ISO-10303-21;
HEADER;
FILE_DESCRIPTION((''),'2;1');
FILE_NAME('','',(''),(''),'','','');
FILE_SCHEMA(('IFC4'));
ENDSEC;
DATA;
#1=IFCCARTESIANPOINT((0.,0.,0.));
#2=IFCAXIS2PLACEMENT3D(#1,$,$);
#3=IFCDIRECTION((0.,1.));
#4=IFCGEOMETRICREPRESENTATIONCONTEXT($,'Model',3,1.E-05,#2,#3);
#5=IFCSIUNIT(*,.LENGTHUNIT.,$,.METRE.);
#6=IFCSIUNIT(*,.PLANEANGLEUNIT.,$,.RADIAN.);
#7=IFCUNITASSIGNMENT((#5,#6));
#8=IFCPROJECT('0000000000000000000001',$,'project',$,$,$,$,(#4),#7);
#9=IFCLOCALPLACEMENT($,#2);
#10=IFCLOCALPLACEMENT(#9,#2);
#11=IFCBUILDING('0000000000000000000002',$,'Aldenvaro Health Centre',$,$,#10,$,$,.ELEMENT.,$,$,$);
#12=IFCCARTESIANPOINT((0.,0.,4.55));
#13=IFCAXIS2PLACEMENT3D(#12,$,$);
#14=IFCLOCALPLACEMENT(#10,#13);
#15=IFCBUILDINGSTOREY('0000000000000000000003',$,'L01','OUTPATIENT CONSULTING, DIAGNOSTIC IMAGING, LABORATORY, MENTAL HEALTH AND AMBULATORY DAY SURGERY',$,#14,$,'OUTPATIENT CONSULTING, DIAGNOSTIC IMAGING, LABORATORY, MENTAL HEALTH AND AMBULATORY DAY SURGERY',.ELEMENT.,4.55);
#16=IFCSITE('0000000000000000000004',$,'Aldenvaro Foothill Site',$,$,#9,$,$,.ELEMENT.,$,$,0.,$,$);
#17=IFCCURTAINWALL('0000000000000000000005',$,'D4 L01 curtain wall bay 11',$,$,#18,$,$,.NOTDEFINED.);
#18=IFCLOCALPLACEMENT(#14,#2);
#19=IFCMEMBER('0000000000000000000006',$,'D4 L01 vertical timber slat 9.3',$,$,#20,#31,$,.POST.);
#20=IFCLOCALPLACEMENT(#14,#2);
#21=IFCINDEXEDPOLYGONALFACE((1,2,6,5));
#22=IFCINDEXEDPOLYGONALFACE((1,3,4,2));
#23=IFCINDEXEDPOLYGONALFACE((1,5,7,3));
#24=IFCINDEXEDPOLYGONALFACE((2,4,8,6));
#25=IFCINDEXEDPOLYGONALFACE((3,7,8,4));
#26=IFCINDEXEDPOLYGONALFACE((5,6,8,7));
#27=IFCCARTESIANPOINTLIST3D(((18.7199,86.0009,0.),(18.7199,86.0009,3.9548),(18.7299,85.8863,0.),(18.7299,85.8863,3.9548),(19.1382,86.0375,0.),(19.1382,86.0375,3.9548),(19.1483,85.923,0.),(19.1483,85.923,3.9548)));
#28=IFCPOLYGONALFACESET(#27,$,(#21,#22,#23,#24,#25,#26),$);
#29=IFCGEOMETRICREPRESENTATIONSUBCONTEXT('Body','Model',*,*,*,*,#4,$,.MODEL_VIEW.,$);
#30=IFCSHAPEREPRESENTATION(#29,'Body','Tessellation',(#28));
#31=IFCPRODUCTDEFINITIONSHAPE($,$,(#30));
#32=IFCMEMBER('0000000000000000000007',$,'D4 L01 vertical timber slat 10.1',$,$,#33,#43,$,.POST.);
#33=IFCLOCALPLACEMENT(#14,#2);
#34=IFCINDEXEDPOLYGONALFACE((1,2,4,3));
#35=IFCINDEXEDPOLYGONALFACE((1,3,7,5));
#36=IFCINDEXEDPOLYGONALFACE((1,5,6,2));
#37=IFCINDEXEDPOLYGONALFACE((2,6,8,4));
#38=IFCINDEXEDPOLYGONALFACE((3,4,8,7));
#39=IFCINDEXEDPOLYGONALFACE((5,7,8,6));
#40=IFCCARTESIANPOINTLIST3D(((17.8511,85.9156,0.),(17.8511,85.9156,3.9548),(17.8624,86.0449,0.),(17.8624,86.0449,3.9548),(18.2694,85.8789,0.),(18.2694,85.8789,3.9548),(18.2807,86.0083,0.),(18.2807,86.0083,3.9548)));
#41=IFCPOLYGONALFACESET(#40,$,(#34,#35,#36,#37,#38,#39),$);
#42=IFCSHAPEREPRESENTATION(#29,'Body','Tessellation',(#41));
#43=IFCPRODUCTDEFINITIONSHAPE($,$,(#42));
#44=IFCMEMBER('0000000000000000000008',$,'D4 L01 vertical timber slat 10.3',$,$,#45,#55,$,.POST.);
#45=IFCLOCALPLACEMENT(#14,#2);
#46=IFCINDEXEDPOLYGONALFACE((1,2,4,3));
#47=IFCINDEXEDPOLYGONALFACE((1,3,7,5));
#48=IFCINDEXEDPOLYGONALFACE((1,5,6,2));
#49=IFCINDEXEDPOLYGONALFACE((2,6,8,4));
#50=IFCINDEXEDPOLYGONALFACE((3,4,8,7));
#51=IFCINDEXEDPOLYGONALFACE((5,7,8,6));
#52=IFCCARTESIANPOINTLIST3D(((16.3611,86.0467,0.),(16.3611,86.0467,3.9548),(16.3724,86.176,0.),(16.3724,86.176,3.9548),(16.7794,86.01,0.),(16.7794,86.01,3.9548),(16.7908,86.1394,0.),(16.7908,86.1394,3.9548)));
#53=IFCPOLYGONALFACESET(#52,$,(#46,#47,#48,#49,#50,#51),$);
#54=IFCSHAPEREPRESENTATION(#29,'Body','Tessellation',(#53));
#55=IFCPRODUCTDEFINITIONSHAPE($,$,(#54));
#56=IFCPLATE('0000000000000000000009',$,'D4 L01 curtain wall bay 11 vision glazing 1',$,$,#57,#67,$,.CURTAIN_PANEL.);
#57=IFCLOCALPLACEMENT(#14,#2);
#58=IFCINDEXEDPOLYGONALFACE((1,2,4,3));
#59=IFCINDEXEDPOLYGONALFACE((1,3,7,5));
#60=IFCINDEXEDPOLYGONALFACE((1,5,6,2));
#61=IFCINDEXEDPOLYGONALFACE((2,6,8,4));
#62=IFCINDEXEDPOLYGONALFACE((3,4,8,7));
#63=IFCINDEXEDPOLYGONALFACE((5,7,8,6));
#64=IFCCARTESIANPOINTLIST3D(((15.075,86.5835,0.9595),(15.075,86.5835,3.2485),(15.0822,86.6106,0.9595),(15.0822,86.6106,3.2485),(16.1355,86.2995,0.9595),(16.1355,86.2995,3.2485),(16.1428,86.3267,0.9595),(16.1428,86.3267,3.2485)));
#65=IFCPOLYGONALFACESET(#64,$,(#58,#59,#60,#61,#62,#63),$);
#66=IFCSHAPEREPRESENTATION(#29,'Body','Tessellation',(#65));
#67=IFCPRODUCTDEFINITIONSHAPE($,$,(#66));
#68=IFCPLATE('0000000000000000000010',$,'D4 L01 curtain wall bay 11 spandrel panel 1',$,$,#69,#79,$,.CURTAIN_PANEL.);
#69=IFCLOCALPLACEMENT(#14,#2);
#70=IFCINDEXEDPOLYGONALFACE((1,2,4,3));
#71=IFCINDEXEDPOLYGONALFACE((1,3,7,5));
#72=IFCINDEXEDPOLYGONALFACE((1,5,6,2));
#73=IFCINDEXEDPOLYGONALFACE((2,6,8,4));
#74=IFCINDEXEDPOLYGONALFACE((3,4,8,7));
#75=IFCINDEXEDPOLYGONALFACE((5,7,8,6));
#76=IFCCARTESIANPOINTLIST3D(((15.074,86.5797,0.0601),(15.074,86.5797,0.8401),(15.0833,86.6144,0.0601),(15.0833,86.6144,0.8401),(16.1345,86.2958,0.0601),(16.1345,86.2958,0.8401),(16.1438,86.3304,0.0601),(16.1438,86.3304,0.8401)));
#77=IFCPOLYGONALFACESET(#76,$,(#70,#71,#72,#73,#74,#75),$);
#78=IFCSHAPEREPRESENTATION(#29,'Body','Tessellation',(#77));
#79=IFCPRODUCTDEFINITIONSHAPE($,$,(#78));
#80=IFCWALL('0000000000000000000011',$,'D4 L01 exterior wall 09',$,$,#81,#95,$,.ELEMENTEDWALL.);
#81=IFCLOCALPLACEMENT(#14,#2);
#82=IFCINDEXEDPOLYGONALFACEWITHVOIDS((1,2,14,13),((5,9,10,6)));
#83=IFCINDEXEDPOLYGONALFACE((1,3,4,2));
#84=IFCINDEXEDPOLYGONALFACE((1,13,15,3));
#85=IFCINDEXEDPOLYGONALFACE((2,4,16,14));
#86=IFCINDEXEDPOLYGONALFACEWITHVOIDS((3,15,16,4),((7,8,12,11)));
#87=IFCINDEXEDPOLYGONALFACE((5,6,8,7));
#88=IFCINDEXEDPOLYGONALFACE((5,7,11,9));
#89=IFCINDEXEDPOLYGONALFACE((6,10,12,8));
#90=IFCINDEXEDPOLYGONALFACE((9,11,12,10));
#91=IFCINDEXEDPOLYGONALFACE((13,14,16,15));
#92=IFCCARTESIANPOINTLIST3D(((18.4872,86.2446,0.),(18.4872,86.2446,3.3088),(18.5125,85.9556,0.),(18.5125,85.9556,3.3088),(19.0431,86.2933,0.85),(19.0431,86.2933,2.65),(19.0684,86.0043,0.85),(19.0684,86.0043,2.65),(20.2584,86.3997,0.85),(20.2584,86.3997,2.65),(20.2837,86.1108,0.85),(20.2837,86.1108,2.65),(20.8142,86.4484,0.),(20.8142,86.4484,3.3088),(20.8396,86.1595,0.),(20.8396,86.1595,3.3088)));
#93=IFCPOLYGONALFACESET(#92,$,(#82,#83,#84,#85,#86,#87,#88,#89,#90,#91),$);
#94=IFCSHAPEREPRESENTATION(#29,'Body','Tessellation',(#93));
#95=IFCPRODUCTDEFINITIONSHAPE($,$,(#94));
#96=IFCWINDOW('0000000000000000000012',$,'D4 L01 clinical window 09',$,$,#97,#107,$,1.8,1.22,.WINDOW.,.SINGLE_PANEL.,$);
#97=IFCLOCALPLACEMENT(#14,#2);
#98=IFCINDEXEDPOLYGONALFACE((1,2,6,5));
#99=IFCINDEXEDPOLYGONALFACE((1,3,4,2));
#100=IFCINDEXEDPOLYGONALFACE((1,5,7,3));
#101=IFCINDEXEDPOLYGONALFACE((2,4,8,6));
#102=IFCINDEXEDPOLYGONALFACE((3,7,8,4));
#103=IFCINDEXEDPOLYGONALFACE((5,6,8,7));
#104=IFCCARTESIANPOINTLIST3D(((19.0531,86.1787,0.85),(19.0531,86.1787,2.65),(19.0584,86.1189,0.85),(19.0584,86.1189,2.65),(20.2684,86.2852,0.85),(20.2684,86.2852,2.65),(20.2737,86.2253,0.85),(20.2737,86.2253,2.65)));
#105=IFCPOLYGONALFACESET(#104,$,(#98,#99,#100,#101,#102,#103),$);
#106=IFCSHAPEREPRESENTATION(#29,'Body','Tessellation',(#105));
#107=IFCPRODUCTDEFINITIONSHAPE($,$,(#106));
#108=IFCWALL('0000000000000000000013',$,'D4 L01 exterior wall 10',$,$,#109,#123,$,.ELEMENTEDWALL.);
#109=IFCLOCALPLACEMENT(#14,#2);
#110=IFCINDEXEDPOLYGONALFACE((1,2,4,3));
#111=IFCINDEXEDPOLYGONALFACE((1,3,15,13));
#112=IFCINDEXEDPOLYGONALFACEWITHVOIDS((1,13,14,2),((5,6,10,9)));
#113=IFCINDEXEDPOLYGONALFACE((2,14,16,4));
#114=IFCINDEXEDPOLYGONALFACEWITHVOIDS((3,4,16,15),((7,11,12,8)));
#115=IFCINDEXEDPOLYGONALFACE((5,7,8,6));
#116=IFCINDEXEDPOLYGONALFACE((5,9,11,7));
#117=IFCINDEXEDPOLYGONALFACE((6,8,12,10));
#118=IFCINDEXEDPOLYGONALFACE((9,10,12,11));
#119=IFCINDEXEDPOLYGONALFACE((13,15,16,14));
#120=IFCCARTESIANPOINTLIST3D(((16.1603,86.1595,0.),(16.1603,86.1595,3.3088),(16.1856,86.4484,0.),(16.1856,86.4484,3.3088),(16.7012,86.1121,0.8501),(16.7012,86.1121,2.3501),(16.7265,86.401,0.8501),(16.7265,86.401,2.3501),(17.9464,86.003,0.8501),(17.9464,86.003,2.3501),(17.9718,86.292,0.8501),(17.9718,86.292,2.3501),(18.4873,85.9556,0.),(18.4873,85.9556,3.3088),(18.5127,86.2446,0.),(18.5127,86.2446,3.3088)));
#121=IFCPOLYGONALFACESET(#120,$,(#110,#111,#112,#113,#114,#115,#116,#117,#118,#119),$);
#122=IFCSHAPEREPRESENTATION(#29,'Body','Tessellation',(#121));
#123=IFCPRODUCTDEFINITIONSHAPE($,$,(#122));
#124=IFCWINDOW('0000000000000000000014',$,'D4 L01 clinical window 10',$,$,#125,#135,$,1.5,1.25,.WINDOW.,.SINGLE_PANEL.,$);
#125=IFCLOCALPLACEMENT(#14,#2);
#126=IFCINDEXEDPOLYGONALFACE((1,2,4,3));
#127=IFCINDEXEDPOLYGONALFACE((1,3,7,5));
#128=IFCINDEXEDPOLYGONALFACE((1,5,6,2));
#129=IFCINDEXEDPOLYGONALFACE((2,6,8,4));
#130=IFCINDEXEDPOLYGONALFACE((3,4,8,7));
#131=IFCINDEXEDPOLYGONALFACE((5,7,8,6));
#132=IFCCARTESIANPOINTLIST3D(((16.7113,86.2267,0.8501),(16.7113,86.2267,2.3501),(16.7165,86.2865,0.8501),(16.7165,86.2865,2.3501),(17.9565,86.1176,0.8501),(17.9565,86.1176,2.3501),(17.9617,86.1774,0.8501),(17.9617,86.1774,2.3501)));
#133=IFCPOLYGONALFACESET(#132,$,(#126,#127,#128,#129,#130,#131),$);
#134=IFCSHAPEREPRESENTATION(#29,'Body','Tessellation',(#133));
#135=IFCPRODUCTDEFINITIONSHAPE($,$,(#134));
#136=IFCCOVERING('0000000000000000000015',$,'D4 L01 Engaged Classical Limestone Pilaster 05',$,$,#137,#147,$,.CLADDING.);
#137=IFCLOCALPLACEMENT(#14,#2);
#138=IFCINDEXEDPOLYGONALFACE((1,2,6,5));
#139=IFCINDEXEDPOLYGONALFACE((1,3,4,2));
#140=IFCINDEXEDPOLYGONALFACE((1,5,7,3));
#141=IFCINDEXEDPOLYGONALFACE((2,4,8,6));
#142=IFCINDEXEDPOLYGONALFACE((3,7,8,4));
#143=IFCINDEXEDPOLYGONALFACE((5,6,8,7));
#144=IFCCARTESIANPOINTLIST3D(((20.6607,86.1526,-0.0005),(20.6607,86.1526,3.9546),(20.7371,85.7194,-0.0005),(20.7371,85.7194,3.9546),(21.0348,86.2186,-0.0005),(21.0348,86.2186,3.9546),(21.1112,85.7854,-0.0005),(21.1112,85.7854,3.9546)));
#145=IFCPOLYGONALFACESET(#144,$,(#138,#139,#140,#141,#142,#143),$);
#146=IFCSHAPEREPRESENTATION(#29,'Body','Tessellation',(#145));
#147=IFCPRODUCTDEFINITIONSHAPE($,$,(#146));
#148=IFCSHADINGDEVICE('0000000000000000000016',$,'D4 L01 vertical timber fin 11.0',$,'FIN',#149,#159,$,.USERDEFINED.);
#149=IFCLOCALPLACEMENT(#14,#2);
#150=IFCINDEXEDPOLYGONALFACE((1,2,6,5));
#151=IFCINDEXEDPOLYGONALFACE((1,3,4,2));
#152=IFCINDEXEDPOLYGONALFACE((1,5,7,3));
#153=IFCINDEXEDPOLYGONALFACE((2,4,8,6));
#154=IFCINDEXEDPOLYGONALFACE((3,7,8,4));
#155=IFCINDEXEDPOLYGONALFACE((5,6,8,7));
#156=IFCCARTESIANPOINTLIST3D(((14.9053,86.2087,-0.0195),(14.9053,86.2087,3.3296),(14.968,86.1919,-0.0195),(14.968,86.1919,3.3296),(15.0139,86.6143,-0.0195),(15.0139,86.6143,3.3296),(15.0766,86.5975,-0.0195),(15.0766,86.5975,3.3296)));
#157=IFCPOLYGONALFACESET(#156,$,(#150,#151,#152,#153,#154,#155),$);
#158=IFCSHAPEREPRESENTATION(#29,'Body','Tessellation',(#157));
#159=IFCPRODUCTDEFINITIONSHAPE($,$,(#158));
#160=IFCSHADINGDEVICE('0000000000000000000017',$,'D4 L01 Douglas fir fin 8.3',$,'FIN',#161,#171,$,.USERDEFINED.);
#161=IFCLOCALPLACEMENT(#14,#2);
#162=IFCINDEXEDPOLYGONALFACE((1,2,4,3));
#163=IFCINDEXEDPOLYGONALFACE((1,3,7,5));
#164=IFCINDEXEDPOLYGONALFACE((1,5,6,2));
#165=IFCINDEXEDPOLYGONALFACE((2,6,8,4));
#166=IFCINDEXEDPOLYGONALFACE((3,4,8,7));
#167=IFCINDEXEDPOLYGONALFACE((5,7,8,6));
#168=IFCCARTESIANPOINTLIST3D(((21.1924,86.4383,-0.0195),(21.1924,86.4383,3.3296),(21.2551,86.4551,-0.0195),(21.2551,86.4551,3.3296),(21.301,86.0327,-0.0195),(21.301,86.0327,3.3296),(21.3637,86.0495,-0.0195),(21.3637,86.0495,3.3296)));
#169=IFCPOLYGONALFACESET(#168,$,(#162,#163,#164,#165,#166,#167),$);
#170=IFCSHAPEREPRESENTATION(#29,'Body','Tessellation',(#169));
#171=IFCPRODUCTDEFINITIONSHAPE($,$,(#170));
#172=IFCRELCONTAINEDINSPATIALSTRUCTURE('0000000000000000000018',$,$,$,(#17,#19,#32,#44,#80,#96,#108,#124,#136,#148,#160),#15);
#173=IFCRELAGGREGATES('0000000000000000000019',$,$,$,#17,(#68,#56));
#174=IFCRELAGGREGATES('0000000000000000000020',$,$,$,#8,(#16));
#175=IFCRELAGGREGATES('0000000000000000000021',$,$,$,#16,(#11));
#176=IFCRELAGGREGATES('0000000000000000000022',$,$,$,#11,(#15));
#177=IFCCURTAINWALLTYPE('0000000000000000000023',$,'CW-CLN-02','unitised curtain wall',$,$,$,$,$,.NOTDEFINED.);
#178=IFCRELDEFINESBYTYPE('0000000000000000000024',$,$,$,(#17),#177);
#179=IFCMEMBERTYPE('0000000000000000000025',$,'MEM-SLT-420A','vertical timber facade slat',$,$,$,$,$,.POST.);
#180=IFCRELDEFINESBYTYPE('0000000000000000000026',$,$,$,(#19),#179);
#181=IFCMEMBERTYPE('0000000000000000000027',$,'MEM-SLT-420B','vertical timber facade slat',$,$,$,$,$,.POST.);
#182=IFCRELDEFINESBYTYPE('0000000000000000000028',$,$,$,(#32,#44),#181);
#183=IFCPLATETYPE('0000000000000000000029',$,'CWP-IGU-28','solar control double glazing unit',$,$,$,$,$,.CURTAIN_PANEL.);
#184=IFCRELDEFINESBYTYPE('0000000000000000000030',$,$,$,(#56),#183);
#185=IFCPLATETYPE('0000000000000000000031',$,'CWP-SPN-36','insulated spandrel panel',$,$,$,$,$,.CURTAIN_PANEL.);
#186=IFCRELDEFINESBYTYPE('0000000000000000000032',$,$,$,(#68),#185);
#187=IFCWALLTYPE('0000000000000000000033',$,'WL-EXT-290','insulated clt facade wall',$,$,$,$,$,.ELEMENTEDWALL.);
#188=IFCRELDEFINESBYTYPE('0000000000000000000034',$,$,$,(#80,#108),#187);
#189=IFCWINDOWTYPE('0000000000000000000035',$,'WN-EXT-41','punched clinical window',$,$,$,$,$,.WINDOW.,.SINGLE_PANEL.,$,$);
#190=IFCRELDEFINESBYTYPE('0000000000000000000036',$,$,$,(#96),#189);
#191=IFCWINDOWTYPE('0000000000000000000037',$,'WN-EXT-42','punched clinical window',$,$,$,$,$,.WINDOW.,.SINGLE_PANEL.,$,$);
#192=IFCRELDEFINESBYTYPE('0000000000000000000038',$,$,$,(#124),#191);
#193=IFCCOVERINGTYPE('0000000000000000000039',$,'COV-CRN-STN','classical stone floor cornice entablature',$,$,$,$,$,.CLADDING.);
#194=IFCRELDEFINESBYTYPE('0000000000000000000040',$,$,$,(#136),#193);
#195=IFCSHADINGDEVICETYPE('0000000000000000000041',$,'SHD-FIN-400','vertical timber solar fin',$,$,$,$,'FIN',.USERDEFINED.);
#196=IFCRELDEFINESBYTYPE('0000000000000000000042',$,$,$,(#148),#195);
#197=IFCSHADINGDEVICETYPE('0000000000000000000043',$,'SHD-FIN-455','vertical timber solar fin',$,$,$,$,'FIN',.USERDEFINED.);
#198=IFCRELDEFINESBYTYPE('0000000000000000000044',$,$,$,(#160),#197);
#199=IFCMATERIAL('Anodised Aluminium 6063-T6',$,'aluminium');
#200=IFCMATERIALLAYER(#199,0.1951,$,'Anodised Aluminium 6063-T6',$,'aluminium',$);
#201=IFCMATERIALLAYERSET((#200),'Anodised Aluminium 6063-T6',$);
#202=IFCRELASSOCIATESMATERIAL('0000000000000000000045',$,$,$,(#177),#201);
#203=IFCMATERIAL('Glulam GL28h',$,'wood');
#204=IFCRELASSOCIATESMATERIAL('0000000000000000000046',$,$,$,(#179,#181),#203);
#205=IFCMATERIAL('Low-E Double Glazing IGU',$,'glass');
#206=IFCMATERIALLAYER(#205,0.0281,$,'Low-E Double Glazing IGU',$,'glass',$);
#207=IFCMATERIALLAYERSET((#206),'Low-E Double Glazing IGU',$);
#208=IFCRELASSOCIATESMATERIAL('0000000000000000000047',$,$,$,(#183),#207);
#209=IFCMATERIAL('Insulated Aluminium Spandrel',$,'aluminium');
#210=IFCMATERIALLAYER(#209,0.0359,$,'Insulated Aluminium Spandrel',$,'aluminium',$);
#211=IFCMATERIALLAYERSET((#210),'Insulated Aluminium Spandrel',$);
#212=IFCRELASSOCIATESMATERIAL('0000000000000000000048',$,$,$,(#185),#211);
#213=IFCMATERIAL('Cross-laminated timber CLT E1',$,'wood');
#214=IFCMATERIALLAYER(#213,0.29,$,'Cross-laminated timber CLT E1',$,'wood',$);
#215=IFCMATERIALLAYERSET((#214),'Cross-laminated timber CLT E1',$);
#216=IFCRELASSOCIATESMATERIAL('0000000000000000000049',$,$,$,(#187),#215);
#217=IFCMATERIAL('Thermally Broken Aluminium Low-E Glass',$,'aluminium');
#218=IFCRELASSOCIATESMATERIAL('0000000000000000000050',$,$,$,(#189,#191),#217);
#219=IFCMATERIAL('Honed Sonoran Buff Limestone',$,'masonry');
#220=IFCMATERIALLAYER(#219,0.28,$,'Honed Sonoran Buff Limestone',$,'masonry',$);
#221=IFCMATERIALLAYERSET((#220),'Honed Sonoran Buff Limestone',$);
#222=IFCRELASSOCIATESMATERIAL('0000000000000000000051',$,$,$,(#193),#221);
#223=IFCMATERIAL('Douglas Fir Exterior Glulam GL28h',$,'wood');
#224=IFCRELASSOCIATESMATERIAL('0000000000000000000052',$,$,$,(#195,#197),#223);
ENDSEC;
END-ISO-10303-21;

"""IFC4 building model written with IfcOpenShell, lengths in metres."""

from ifc_helpers import new_model, si_unit, direction, frame, frame_2d, origin, origin_2d, place, context, subcontext, project, spatial, rectangle, extrude, material, layer, layer_set, material_profile, profile_set, type_object, element, fill, aggregate, save


model = new_model("IFC4")

# Units and contexts
model_context = context("Model", 3, precision=1e-05, world=origin(), true_north=direction((0.0, 1.0)))
body_context = subcontext(model_context, "Body", "Model", "MODEL_VIEW")
ifc_project = project(units=[si_unit("LENGTHUNIT", "METRE"), si_unit("PLANEANGLEUNIT", "RADIAN")], contexts=[model_context])

# Site, building, storey
site_placement = place(None, origin())
site = spatial("IfcSite", under=ifc_project, at=site_placement, Name="Aldenvaro Foothill Site", CompositionType="ELEMENT", RefElevation=0.0)
building_placement = place(site_placement, origin())
building = spatial("IfcBuilding", under=site, at=building_placement, Name="Aldenvaro Health Centre", CompositionType="ELEMENT")
storey_placement = place(building_placement, frame((0.0, 0.0, 4.55)))
storey = spatial("IfcBuildingStorey", under=building, at=storey_placement, Name="L01", Description="OUTPATIENT CONSULTING, DIAGNOSTIC IMAGING, LABORATORY, MENTAL HEALTH AND AMBULATORY DAY SURGERY", LongName="OUTPATIENT CONSULTING, DIAGNOSTIC IMAGING, LABORATORY, MENTAL HEALTH AND AMBULATORY DAY SURGERY", CompositionType="ELEMENT", Elevation=4.55)

# Shared definitions
ifc_material_1 = material(Name="Glulam GL28h", Category="wood")

# Curtain wall
ifc_material_2 = material(Name="Anodised Aluminium 6063-T6", Category="aluminium")
ifc_layer_1 = layer(ifc_material_2, 0.1951, Name="Anodised Aluminium 6063-T6", Category="aluminium")
ifc_layer_set_1 = layer_set([ifc_layer_1], Name="Anodised Aluminium 6063-T6")
curtain_wall_type = type_object("IfcCurtainWallType", Name="CW-CLN-02", Description="unitised curtain wall", PredefinedType="NOTDEFINED", material=ifc_layer_set_1)
curtain_wall_placement = place(storey_placement, origin())
curtain_wall = element("IfcCurtainWall", 1, at=curtain_wall_placement, inside=storey, type_object=curtain_wall_type, Name="D4 L01 curtain wall bay 11", PredefinedType="NOTDEFINED")

# Members
ifc_material_profile_1 = material_profile(ifc_material_1, rectangle(XDim=0.115, YDim=0.4199, at=origin_2d()), Name="GL 115x420", Category="wood")
ifc_profile_set_1 = profile_set([ifc_material_profile_1], Name="Glulam GL28h")
member_type_1 = type_object("IfcMemberType", Name="MEM-SLT-420A", Description="vertical timber facade slat", PredefinedType="POST", material=ifc_profile_set_1)
for number, where, z_axis, x_axis, name in (
    (2, (18.9341, 85.9619, 0.0), (0.0, 0.0, 1.0), (0.087332, -0.996179, 0.0), "D4 L01 vertical timber slat 9.3"),
):
    element("IfcMember", number, at=place(storey_placement, frame(where, z_axis=z_axis, x_axis=x_axis)), inside=storey, type_object=member_type_1, Name=name, PredefinedType="POST", context=body_context, shape_type="SweptSolid", body=[
        extrude(rectangle(XDim=0.115, YDim=0.4199, at=origin_2d()), origin(), (0.0, 0.0, 1.0), 3.9548),
    ])
ifc_material_profile_2 = material_profile(ifc_material_1, rectangle(XDim=0.1299, YDim=0.4199, at=origin_2d()), Name="GL 130x420", Category="wood")
ifc_profile_set_2 = profile_set([ifc_material_profile_2], Name="Glulam GL28h")
member_type_2 = type_object("IfcMemberType", Name="MEM-SLT-420B", Description="vertical timber facade slat", PredefinedType="POST", material=ifc_profile_set_2)
for number, where, z_axis, x_axis, name in (
    (3, (18.0659, 85.9619, 0.0), (0.0, 0.0, 1.0), (-0.087332, -0.996179, 0.0), "D4 L01 vertical timber slat 10.1"),
    (4, (16.5759, 86.093, 0.0), (0.0, 0.0, 1.0), (-0.087332, -0.996179, 0.0), "D4 L01 vertical timber slat 10.3"),
):
    element("IfcMember", number, at=place(storey_placement, frame(where, z_axis=z_axis, x_axis=x_axis)), inside=storey, type_object=member_type_2, Name=name, PredefinedType="POST", context=body_context, shape_type="SweptSolid", body=[
        extrude(rectangle(XDim=0.1299, YDim=0.4199, at=origin_2d()), origin(), (0.0, 0.0, 1.0), 3.9548),
    ])

# Plates
ifc_material_3 = material(Name="Low-E Double Glazing IGU", Category="glass")
ifc_layer_2 = layer(ifc_material_3, 0.0281, Name="Low-E Double Glazing IGU", Category="glass")
ifc_layer_set_2 = layer_set([ifc_layer_2], Name="Low-E Double Glazing IGU")
plate_type_1 = type_object("IfcPlateType", Name="CWP-IGU-28", Description="solar control double glazing unit", PredefinedType="CURTAIN_PANEL", material=ifc_layer_set_2)
plate_1_placement = place(storey_placement, frame((15.6089, 86.4551, 0.9595), z_axis=(0.0, 0.0, 1.0), x_axis=(-0.965979, 0.258622, 0.0)))
plate_1 = element("IfcPlate", 5, at=plate_1_placement, type_object=plate_type_1, Name="D4 L01 curtain wall bay 11 vision glazing 1", PredefinedType="CURTAIN_PANEL", context=body_context, shape_type="SweptSolid", body=[
    extrude(rectangle(XDim=1.0979, YDim=0.0281, at=origin_2d()), origin(), (0.0, 0.0, 1.0), 2.2891),
])
ifc_material_4 = material(Name="Insulated Aluminium Spandrel", Category="aluminium")
ifc_layer_3 = layer(ifc_material_4, 0.0359, Name="Insulated Aluminium Spandrel", Category="aluminium")
ifc_layer_set_3 = layer_set([ifc_layer_3], Name="Insulated Aluminium Spandrel")
plate_type_2 = type_object("IfcPlateType", Name="CWP-SPN-36", Description="insulated spandrel panel", PredefinedType="CURTAIN_PANEL", material=ifc_layer_set_3)
plate_2_placement = place(storey_placement, frame((15.6089, 86.4551, 0.0601), z_axis=(0.0, 0.0, 1.0), x_axis=(-0.965979, 0.258622, 0.0)))
plate_2 = element("IfcPlate", 6, at=plate_2_placement, type_object=plate_type_2, Name="D4 L01 curtain wall bay 11 spandrel panel 1", PredefinedType="CURTAIN_PANEL", context=body_context, shape_type="SweptSolid", body=[
    extrude(rectangle(XDim=1.0979, YDim=0.0359, at=origin_2d()), origin(), (0.0, 0.0, 1.0), 0.78),
])
aggregate(curtain_wall, [plate_2, plate_1])

# Walls, openings, windows
ifc_material_5 = material(Name="Cross-laminated timber CLT E1", Category="wood")
ifc_layer_4 = layer(ifc_material_5, 0.29, Name="Cross-laminated timber CLT E1", Category="wood")
ifc_layer_set_4 = layer_set([ifc_layer_4], Name="Cross-laminated timber CLT E1")
wall_type = type_object("IfcWallType", Name="WL-EXT-290", Description="insulated clt facade wall", PredefinedType="ELEMENTEDWALL", material=ifc_layer_set_4)
wall_1_placement = place(storey_placement, frame((20.8269, 86.304, 0.0), z_axis=(0.0, 0.0, 1.0), x_axis=(-0.996184, -0.087275, 0.0)))
wall_1 = element("IfcWall", 7, at=wall_1_placement, inside=storey, type_object=wall_type, Name="D4 L01 exterior wall 09", PredefinedType="ELEMENTEDWALL", context=body_context, shape_type="SweptSolid", body=[
    extrude(rectangle(XDim=2.3359, YDim=0.29, at=frame_2d((1.168, 0.0))), origin(), (0.0, 0.0, 1.0), 3.3088),
])
opening_1_placement = place(wall_1_placement, frame((0.5581, 0.0, 0.8501)))
opening_1 = element("IfcOpeningElement", 8, at=opening_1_placement, cuts=wall_1, PredefinedType="OPENING", context=body_context, shape_type="SweptSolid", body=[
    extrude(rectangle(XDim=1.22, YDim=1.8, at=frame_2d((0.6099, 0.8999))), frame((0.0, 0.155, 0.0), z_axis=(0.0, -1.0, 0.0), x_axis=(1.0, 0.0, 0.0)), (0.0, 0.0, 1.0), 0.3101),
])
ifc_material_6 = material(Name="Thermally Broken Aluminium Low-E Glass", Category="aluminium")
window_type_1 = type_object("IfcWindowType", Name="WN-EXT-41", Description="punched clinical window", PartitioningType="SINGLE_PANEL", PredefinedType="WINDOW", material=ifc_material_6)
window_1_placement = place(opening_1_placement, origin())
window_1 = element("IfcWindow", 9, at=window_1_placement, inside=storey, type_object=window_type_1, Name="D4 L01 clinical window 09", OverallHeight=1.8, OverallWidth=1.22, PartitioningType="SINGLE_PANEL", PredefinedType="WINDOW", context=body_context, shape_type="SweptSolid", body=[
    extrude(rectangle(XDim=1.22, YDim=1.8, at=frame_2d((0.6099, 0.8999))), frame((0.0, 0.03, 0.0), z_axis=(0.0, -1.0, 0.0), x_axis=(1.0, 0.0, 0.0)), (0.0, 0.0, 1.0), 0.0601),
])
fill(opening_1, window_1)
wall_2_placement = place(storey_placement, frame((18.5, 86.1001, 0.0), z_axis=(0.0, 0.0, 1.0), x_axis=(-0.996184, 0.087275, 0.0)))
wall_2 = element("IfcWall", 10, at=wall_2_placement, inside=storey, type_object=wall_type, Name="D4 L01 exterior wall 10", PredefinedType="ELEMENTEDWALL", context=body_context, shape_type="SweptSolid", body=[
    extrude(rectangle(XDim=2.3359, YDim=0.29, at=frame_2d((1.168, 0.0))), origin(), (0.0, 0.0, 1.0), 3.3088),
])
opening_2_placement = place(wall_2_placement, frame((0.543, 0.0, 0.8501)))
opening_2 = element("IfcOpeningElement", 11, at=opening_2_placement, cuts=wall_2, PredefinedType="OPENING", context=body_context, shape_type="SweptSolid", body=[
    extrude(rectangle(XDim=1.25, YDim=1.5, at=frame_2d((0.625, 0.75))), frame((0.0, 0.155, 0.0), z_axis=(0.0, -1.0, 0.0), x_axis=(1.0, 0.0, 0.0)), (0.0, 0.0, 1.0), 0.3101),
])
window_type_2 = type_object("IfcWindowType", Name="WN-EXT-42", Description="punched clinical window", PartitioningType="SINGLE_PANEL", PredefinedType="WINDOW", material=ifc_material_6)
window_2_placement = place(opening_2_placement, origin())
window_2 = element("IfcWindow", 12, at=window_2_placement, inside=storey, type_object=window_type_2, Name="D4 L01 clinical window 10", OverallHeight=1.5, OverallWidth=1.25, PartitioningType="SINGLE_PANEL", PredefinedType="WINDOW", context=body_context, shape_type="SweptSolid", body=[
    extrude(rectangle(XDim=1.25, YDim=1.5, at=frame_2d((0.625, 0.75))), frame((0.0, 0.03, 0.0), z_axis=(0.0, -1.0, 0.0), x_axis=(1.0, 0.0, 0.0)), (0.0, 0.0, 1.0), 0.0601),
])
fill(opening_2, window_2)

# Covering
ifc_material_7 = material(Name="Honed Sonoran Buff Limestone", Category="masonry")
ifc_layer_5 = layer(ifc_material_7, 0.28, Name="Honed Sonoran Buff Limestone", Category="masonry")
ifc_layer_set_5 = layer_set([ifc_layer_5], Name="Honed Sonoran Buff Limestone")
covering_type = type_object("IfcCoveringType", Name="COV-CRN-STN", Description="classical stone floor cornice entablature", PredefinedType="CLADDING", material=ifc_layer_set_5)
covering_placement = place(storey_placement, frame((20.886, 85.969, -0.0005), z_axis=(0.0, 0.0, 1.0), x_axis=(0.173662, -0.984805, 0.0)))
element("IfcCovering", 13, at=covering_placement, inside=storey, type_object=covering_type, Name="D4 L01 Engaged Classical Limestone Pilaster 05", PredefinedType="CLADDING", context=body_context, shape_type="SweptSolid", body=[
    extrude(rectangle(XDim=0.4399, YDim=0.3799, at=origin_2d()), origin(), (0.0, 0.0, 1.0), 3.9551),
])

# Shading devices
ifc_material_8 = material(Name="Douglas Fir Exterior Glulam GL28h", Category="wood")
shading_device_type_1 = type_object("IfcShadingDeviceType", Name="SHD-FIN-400", Description="vertical timber solar fin", ElementType="FIN", PredefinedType="USERDEFINED", material=ifc_material_8)
shading_device_1_placement = place(storey_placement, frame((14.991, 86.4031, -0.0195), z_axis=(0.0, 0.0, 1.0), x_axis=(-0.965979, 0.258622, 0.0)))
element("IfcShadingDevice", 14, at=shading_device_1_placement, inside=storey, type_object=shading_device_type_1, Name="D4 L01 vertical timber fin 11.0", ObjectType="FIN", PredefinedType="USERDEFINED", context=body_context, shape_type="SweptSolid", body=[
    extrude(rectangle(XDim=0.0649, YDim=0.4199, at=origin_2d()), origin(), (0.0, 0.0, 1.0), 3.3491),
])
shading_device_type_2 = type_object("IfcShadingDeviceType", Name="SHD-FIN-455", Description="vertical timber solar fin", ElementType="FIN", PredefinedType="USERDEFINED", material=ifc_material_8)
shading_device_2_placement = place(storey_placement, frame((21.2781, 86.2439, -0.0195), z_axis=(0.0, 0.0, 1.0), x_axis=(-0.965979, -0.258622, 0.0)))
element("IfcShadingDevice", 15, at=shading_device_2_placement, inside=storey, type_object=shading_device_type_2, Name="D4 L01 Douglas fir fin 8.3", ObjectType="FIN", PredefinedType="USERDEFINED", context=body_context, shape_type="SweptSolid", body=[
    extrude(rectangle(XDim=0.0649, YDim=0.4199, at=origin_2d()), origin(), (0.0, 0.0, 1.0), 3.3491),
])

save(model, "model.ifc")
